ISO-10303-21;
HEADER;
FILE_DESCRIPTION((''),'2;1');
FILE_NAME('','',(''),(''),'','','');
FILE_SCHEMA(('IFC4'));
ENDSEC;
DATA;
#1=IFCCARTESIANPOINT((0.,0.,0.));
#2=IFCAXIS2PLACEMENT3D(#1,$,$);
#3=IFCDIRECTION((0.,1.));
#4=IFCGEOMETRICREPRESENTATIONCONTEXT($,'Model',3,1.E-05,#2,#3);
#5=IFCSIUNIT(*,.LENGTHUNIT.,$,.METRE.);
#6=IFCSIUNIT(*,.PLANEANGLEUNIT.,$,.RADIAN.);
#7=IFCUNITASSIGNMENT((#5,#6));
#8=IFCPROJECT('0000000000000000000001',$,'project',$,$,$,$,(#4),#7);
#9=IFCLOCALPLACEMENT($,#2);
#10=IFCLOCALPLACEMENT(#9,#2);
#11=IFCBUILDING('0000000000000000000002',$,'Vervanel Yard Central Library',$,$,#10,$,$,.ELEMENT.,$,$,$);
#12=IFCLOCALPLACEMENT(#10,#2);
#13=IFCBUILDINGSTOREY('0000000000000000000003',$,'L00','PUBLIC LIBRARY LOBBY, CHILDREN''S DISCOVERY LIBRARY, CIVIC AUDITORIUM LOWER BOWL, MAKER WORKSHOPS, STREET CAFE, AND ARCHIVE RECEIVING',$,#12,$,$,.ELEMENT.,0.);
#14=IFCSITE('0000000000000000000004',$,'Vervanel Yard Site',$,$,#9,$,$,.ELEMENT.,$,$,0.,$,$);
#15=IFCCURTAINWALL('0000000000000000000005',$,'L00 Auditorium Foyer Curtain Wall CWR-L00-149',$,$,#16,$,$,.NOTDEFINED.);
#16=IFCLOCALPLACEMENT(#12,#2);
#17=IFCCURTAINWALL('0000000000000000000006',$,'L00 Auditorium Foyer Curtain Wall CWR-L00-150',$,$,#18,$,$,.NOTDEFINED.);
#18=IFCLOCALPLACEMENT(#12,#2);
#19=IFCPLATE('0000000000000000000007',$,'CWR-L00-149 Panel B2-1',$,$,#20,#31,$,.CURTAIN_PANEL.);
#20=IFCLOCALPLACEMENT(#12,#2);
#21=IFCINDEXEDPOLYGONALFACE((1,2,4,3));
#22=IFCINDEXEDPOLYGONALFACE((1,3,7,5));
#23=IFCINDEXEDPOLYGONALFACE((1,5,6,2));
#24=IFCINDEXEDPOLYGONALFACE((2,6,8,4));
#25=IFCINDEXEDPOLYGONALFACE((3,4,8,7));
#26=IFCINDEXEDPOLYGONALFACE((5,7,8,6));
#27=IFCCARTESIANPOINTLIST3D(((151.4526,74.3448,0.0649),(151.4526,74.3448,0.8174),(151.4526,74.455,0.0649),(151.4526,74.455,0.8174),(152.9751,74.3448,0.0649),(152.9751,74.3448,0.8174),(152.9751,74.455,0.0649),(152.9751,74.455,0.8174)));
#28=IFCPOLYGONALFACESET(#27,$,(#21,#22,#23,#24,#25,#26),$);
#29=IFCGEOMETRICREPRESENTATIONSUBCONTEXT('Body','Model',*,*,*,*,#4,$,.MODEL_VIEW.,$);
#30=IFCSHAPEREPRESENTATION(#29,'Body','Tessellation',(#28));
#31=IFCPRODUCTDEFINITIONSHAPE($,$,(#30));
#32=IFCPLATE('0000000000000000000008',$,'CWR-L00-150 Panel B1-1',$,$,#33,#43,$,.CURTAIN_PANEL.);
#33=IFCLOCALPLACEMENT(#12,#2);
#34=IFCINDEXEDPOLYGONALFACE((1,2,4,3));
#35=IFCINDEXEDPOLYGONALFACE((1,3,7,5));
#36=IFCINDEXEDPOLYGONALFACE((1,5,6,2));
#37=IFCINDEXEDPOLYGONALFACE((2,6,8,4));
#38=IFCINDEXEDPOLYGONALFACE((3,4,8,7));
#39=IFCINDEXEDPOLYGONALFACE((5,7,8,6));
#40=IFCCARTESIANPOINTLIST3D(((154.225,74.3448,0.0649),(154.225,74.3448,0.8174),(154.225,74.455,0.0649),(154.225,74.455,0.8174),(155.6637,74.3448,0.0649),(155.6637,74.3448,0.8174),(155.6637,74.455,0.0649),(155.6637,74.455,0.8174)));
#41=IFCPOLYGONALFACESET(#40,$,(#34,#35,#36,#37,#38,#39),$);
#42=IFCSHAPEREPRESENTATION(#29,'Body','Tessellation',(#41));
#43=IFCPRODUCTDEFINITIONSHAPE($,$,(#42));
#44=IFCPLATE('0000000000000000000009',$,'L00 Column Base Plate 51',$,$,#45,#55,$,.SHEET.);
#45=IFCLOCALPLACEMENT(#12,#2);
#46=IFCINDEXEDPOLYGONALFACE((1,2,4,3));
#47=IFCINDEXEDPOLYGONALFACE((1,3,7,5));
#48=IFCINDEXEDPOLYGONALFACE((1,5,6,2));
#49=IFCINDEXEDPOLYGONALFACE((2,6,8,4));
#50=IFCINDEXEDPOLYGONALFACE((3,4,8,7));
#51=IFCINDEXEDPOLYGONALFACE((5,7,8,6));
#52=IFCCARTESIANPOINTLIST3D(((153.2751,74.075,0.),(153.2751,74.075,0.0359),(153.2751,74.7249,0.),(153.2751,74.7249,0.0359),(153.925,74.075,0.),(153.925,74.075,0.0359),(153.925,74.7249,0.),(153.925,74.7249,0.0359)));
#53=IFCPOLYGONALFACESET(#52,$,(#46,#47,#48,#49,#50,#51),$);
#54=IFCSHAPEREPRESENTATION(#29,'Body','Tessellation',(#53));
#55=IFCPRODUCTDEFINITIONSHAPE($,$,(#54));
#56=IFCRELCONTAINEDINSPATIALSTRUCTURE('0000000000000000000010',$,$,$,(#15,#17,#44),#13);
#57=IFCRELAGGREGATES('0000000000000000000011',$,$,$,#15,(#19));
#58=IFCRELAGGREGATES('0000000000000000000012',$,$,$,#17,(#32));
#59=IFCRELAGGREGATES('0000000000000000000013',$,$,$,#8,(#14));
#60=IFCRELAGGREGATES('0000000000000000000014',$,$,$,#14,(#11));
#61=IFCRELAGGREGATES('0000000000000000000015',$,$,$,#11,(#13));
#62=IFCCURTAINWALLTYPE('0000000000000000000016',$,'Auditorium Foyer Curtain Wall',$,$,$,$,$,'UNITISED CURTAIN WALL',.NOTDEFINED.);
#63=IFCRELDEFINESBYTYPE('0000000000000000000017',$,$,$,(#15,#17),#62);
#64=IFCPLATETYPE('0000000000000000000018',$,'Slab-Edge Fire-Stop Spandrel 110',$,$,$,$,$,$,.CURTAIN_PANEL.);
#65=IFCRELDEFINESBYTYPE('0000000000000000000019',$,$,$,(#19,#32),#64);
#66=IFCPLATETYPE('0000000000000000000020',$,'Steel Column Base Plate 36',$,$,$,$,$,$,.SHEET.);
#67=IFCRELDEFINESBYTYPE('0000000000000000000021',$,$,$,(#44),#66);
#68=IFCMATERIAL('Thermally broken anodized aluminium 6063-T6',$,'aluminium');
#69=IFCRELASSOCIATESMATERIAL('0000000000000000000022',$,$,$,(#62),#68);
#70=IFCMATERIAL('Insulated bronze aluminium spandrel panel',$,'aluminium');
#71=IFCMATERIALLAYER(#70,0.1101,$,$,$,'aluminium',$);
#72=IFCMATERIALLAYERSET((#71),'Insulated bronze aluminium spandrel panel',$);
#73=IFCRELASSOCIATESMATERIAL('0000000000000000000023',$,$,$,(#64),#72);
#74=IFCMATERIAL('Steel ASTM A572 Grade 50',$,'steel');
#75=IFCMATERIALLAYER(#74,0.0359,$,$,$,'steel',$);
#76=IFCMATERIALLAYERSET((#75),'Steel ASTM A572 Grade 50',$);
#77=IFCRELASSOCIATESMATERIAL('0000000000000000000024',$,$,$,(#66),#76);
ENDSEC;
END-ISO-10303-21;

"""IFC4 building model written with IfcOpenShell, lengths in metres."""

from ifc_helpers import new_model, si_unit, direction, frame, origin, origin_2d, place, context, subcontext, project, spatial, rectangle, extrude, material, layer, layer_set, type_object, element, aggregate, save


model = new_model("IFC4")

# Units and contexts
model_context = context("Model", 3, precision=1e-05, world=origin(), true_north=direction((0.0, 1.0)))
body_context = subcontext(model_context, "Body", "Model", "MODEL_VIEW")
ifc_project = project(units=[si_unit("LENGTHUNIT", "METRE"), si_unit("PLANEANGLEUNIT", "RADIAN")], contexts=[model_context])

# Site, building, storey
site_placement = place(None, origin())
site = spatial("IfcSite", under=ifc_project, at=site_placement, Name="Vervanel Yard Site", CompositionType="ELEMENT", RefElevation=0.0)
building_placement = place(site_placement, origin())
building = spatial("IfcBuilding", under=site, at=building_placement, Name="Vervanel Yard Central Library", CompositionType="ELEMENT")
storey_placement = place(building_placement, origin())
storey = spatial("IfcBuildingStorey", under=building, at=storey_placement, Name="L00", Description="PUBLIC LIBRARY LOBBY, CHILDREN'S DISCOVERY LIBRARY, CIVIC AUDITORIUM LOWER BOWL, MAKER WORKSHOPS, STREET CAFE, AND ARCHIVE RECEIVING", CompositionType="ELEMENT", Elevation=0.0)

# Curtain walls
ifc_material_1 = material(Name="Thermally broken anodized aluminium 6063-T6", Category="aluminium")
curtain_wall_type = type_object("IfcCurtainWallType", Name="Auditorium Foyer Curtain Wall", ElementType="UNITISED CURTAIN WALL", PredefinedType="NOTDEFINED", material=ifc_material_1)
curtain_wall_1_placement = place(storey_placement, origin())
curtain_wall_1 = element("IfcCurtainWall", 1, at=curtain_wall_1_placement, inside=storey, type_object=curtain_wall_type, Name="L00 Auditorium Foyer Curtain Wall CWR-L00-149", PredefinedType="NOTDEFINED")
curtain_wall_2_placement = place(storey_placement, origin())
curtain_wall_2 = element("IfcCurtainWall", 2, at=curtain_wall_2_placement, inside=storey, type_object=curtain_wall_type, Name="L00 Auditorium Foyer Curtain Wall CWR-L00-150", PredefinedType="NOTDEFINED")

# Plates
ifc_material_2 = material(Name="Insulated bronze aluminium spandrel panel", Category="aluminium")
ifc_layer_1 = layer(ifc_material_2, 0.1101, Category="aluminium")
ifc_layer_set_1 = layer_set([ifc_layer_1], Name="Insulated bronze aluminium spandrel panel")
plate_type_1 = type_object("IfcPlateType", Name="Slab-Edge Fire-Stop Spandrel 110", PredefinedType="CURTAIN_PANEL", material=ifc_layer_set_1)
plate_1_placement = place(storey_placement, frame((152.2139, 74.3999, 0.0649), z_axis=(0.0, 0.0, 1.0), x_axis=(1.0, 0.0, 0.0)))
plate_1 = element("IfcPlate", 3, at=plate_1_placement, type_object=plate_type_1, Name="CWR-L00-149 Panel B2-1", PredefinedType="CURTAIN_PANEL", context=body_context, shape_type="SweptSolid", body=[
    extrude(rectangle(XDim=1.5225, YDim=0.1101, at=origin_2d()), origin(), (0.0, 0.0, 1.0), 0.7524),
])
aggregate(curtain_wall_1, [plate_1])
plate_2_placement = place(storey_placement, frame((154.9443, 74.3999, 0.0649), z_axis=(0.0, 0.0, 1.0), x_axis=(1.0, 0.0, 0.0)))
plate_2 = element("IfcPlate", 4, at=plate_2_placement, type_object=plate_type_1, Name="CWR-L00-150 Panel B1-1", PredefinedType="CURTAIN_PANEL", context=body_context, shape_type="SweptSolid", body=[
    extrude(rectangle(XDim=1.4387, YDim=0.1101, at=origin_2d()), origin(), (0.0, 0.0, 1.0), 0.7524),
])
aggregate(curtain_wall_2, [plate_2])
ifc_material_3 = material(Name="Steel ASTM A572 Grade 50", Category="steel")
ifc_layer_2 = layer(ifc_material_3, 0.0359, Category="steel")
ifc_layer_set_2 = layer_set([ifc_layer_2], Name="Steel ASTM A572 Grade 50")
plate_type_2 = type_object("IfcPlateType", Name="Steel Column Base Plate 36", PredefinedType="SHEET", material=ifc_layer_set_2)
plate_3_placement = place(storey_placement, frame((153.6001, 74.3999, 0.0), z_axis=(0.0, 0.0, 1.0), x_axis=(1.0, 0.0, 0.0)))
element("IfcPlate", 5, at=plate_3_placement, inside=storey, type_object=plate_type_2, Name="L00 Column Base Plate 51", PredefinedType="SHEET", context=body_context, shape_type="SweptSolid", body=[
    extrude(rectangle(XDim=0.6499, YDim=0.6499, at=origin_2d()), origin(), (0.0, 0.0, 1.0), 0.0359),
])

save(model, "model.ifc")
